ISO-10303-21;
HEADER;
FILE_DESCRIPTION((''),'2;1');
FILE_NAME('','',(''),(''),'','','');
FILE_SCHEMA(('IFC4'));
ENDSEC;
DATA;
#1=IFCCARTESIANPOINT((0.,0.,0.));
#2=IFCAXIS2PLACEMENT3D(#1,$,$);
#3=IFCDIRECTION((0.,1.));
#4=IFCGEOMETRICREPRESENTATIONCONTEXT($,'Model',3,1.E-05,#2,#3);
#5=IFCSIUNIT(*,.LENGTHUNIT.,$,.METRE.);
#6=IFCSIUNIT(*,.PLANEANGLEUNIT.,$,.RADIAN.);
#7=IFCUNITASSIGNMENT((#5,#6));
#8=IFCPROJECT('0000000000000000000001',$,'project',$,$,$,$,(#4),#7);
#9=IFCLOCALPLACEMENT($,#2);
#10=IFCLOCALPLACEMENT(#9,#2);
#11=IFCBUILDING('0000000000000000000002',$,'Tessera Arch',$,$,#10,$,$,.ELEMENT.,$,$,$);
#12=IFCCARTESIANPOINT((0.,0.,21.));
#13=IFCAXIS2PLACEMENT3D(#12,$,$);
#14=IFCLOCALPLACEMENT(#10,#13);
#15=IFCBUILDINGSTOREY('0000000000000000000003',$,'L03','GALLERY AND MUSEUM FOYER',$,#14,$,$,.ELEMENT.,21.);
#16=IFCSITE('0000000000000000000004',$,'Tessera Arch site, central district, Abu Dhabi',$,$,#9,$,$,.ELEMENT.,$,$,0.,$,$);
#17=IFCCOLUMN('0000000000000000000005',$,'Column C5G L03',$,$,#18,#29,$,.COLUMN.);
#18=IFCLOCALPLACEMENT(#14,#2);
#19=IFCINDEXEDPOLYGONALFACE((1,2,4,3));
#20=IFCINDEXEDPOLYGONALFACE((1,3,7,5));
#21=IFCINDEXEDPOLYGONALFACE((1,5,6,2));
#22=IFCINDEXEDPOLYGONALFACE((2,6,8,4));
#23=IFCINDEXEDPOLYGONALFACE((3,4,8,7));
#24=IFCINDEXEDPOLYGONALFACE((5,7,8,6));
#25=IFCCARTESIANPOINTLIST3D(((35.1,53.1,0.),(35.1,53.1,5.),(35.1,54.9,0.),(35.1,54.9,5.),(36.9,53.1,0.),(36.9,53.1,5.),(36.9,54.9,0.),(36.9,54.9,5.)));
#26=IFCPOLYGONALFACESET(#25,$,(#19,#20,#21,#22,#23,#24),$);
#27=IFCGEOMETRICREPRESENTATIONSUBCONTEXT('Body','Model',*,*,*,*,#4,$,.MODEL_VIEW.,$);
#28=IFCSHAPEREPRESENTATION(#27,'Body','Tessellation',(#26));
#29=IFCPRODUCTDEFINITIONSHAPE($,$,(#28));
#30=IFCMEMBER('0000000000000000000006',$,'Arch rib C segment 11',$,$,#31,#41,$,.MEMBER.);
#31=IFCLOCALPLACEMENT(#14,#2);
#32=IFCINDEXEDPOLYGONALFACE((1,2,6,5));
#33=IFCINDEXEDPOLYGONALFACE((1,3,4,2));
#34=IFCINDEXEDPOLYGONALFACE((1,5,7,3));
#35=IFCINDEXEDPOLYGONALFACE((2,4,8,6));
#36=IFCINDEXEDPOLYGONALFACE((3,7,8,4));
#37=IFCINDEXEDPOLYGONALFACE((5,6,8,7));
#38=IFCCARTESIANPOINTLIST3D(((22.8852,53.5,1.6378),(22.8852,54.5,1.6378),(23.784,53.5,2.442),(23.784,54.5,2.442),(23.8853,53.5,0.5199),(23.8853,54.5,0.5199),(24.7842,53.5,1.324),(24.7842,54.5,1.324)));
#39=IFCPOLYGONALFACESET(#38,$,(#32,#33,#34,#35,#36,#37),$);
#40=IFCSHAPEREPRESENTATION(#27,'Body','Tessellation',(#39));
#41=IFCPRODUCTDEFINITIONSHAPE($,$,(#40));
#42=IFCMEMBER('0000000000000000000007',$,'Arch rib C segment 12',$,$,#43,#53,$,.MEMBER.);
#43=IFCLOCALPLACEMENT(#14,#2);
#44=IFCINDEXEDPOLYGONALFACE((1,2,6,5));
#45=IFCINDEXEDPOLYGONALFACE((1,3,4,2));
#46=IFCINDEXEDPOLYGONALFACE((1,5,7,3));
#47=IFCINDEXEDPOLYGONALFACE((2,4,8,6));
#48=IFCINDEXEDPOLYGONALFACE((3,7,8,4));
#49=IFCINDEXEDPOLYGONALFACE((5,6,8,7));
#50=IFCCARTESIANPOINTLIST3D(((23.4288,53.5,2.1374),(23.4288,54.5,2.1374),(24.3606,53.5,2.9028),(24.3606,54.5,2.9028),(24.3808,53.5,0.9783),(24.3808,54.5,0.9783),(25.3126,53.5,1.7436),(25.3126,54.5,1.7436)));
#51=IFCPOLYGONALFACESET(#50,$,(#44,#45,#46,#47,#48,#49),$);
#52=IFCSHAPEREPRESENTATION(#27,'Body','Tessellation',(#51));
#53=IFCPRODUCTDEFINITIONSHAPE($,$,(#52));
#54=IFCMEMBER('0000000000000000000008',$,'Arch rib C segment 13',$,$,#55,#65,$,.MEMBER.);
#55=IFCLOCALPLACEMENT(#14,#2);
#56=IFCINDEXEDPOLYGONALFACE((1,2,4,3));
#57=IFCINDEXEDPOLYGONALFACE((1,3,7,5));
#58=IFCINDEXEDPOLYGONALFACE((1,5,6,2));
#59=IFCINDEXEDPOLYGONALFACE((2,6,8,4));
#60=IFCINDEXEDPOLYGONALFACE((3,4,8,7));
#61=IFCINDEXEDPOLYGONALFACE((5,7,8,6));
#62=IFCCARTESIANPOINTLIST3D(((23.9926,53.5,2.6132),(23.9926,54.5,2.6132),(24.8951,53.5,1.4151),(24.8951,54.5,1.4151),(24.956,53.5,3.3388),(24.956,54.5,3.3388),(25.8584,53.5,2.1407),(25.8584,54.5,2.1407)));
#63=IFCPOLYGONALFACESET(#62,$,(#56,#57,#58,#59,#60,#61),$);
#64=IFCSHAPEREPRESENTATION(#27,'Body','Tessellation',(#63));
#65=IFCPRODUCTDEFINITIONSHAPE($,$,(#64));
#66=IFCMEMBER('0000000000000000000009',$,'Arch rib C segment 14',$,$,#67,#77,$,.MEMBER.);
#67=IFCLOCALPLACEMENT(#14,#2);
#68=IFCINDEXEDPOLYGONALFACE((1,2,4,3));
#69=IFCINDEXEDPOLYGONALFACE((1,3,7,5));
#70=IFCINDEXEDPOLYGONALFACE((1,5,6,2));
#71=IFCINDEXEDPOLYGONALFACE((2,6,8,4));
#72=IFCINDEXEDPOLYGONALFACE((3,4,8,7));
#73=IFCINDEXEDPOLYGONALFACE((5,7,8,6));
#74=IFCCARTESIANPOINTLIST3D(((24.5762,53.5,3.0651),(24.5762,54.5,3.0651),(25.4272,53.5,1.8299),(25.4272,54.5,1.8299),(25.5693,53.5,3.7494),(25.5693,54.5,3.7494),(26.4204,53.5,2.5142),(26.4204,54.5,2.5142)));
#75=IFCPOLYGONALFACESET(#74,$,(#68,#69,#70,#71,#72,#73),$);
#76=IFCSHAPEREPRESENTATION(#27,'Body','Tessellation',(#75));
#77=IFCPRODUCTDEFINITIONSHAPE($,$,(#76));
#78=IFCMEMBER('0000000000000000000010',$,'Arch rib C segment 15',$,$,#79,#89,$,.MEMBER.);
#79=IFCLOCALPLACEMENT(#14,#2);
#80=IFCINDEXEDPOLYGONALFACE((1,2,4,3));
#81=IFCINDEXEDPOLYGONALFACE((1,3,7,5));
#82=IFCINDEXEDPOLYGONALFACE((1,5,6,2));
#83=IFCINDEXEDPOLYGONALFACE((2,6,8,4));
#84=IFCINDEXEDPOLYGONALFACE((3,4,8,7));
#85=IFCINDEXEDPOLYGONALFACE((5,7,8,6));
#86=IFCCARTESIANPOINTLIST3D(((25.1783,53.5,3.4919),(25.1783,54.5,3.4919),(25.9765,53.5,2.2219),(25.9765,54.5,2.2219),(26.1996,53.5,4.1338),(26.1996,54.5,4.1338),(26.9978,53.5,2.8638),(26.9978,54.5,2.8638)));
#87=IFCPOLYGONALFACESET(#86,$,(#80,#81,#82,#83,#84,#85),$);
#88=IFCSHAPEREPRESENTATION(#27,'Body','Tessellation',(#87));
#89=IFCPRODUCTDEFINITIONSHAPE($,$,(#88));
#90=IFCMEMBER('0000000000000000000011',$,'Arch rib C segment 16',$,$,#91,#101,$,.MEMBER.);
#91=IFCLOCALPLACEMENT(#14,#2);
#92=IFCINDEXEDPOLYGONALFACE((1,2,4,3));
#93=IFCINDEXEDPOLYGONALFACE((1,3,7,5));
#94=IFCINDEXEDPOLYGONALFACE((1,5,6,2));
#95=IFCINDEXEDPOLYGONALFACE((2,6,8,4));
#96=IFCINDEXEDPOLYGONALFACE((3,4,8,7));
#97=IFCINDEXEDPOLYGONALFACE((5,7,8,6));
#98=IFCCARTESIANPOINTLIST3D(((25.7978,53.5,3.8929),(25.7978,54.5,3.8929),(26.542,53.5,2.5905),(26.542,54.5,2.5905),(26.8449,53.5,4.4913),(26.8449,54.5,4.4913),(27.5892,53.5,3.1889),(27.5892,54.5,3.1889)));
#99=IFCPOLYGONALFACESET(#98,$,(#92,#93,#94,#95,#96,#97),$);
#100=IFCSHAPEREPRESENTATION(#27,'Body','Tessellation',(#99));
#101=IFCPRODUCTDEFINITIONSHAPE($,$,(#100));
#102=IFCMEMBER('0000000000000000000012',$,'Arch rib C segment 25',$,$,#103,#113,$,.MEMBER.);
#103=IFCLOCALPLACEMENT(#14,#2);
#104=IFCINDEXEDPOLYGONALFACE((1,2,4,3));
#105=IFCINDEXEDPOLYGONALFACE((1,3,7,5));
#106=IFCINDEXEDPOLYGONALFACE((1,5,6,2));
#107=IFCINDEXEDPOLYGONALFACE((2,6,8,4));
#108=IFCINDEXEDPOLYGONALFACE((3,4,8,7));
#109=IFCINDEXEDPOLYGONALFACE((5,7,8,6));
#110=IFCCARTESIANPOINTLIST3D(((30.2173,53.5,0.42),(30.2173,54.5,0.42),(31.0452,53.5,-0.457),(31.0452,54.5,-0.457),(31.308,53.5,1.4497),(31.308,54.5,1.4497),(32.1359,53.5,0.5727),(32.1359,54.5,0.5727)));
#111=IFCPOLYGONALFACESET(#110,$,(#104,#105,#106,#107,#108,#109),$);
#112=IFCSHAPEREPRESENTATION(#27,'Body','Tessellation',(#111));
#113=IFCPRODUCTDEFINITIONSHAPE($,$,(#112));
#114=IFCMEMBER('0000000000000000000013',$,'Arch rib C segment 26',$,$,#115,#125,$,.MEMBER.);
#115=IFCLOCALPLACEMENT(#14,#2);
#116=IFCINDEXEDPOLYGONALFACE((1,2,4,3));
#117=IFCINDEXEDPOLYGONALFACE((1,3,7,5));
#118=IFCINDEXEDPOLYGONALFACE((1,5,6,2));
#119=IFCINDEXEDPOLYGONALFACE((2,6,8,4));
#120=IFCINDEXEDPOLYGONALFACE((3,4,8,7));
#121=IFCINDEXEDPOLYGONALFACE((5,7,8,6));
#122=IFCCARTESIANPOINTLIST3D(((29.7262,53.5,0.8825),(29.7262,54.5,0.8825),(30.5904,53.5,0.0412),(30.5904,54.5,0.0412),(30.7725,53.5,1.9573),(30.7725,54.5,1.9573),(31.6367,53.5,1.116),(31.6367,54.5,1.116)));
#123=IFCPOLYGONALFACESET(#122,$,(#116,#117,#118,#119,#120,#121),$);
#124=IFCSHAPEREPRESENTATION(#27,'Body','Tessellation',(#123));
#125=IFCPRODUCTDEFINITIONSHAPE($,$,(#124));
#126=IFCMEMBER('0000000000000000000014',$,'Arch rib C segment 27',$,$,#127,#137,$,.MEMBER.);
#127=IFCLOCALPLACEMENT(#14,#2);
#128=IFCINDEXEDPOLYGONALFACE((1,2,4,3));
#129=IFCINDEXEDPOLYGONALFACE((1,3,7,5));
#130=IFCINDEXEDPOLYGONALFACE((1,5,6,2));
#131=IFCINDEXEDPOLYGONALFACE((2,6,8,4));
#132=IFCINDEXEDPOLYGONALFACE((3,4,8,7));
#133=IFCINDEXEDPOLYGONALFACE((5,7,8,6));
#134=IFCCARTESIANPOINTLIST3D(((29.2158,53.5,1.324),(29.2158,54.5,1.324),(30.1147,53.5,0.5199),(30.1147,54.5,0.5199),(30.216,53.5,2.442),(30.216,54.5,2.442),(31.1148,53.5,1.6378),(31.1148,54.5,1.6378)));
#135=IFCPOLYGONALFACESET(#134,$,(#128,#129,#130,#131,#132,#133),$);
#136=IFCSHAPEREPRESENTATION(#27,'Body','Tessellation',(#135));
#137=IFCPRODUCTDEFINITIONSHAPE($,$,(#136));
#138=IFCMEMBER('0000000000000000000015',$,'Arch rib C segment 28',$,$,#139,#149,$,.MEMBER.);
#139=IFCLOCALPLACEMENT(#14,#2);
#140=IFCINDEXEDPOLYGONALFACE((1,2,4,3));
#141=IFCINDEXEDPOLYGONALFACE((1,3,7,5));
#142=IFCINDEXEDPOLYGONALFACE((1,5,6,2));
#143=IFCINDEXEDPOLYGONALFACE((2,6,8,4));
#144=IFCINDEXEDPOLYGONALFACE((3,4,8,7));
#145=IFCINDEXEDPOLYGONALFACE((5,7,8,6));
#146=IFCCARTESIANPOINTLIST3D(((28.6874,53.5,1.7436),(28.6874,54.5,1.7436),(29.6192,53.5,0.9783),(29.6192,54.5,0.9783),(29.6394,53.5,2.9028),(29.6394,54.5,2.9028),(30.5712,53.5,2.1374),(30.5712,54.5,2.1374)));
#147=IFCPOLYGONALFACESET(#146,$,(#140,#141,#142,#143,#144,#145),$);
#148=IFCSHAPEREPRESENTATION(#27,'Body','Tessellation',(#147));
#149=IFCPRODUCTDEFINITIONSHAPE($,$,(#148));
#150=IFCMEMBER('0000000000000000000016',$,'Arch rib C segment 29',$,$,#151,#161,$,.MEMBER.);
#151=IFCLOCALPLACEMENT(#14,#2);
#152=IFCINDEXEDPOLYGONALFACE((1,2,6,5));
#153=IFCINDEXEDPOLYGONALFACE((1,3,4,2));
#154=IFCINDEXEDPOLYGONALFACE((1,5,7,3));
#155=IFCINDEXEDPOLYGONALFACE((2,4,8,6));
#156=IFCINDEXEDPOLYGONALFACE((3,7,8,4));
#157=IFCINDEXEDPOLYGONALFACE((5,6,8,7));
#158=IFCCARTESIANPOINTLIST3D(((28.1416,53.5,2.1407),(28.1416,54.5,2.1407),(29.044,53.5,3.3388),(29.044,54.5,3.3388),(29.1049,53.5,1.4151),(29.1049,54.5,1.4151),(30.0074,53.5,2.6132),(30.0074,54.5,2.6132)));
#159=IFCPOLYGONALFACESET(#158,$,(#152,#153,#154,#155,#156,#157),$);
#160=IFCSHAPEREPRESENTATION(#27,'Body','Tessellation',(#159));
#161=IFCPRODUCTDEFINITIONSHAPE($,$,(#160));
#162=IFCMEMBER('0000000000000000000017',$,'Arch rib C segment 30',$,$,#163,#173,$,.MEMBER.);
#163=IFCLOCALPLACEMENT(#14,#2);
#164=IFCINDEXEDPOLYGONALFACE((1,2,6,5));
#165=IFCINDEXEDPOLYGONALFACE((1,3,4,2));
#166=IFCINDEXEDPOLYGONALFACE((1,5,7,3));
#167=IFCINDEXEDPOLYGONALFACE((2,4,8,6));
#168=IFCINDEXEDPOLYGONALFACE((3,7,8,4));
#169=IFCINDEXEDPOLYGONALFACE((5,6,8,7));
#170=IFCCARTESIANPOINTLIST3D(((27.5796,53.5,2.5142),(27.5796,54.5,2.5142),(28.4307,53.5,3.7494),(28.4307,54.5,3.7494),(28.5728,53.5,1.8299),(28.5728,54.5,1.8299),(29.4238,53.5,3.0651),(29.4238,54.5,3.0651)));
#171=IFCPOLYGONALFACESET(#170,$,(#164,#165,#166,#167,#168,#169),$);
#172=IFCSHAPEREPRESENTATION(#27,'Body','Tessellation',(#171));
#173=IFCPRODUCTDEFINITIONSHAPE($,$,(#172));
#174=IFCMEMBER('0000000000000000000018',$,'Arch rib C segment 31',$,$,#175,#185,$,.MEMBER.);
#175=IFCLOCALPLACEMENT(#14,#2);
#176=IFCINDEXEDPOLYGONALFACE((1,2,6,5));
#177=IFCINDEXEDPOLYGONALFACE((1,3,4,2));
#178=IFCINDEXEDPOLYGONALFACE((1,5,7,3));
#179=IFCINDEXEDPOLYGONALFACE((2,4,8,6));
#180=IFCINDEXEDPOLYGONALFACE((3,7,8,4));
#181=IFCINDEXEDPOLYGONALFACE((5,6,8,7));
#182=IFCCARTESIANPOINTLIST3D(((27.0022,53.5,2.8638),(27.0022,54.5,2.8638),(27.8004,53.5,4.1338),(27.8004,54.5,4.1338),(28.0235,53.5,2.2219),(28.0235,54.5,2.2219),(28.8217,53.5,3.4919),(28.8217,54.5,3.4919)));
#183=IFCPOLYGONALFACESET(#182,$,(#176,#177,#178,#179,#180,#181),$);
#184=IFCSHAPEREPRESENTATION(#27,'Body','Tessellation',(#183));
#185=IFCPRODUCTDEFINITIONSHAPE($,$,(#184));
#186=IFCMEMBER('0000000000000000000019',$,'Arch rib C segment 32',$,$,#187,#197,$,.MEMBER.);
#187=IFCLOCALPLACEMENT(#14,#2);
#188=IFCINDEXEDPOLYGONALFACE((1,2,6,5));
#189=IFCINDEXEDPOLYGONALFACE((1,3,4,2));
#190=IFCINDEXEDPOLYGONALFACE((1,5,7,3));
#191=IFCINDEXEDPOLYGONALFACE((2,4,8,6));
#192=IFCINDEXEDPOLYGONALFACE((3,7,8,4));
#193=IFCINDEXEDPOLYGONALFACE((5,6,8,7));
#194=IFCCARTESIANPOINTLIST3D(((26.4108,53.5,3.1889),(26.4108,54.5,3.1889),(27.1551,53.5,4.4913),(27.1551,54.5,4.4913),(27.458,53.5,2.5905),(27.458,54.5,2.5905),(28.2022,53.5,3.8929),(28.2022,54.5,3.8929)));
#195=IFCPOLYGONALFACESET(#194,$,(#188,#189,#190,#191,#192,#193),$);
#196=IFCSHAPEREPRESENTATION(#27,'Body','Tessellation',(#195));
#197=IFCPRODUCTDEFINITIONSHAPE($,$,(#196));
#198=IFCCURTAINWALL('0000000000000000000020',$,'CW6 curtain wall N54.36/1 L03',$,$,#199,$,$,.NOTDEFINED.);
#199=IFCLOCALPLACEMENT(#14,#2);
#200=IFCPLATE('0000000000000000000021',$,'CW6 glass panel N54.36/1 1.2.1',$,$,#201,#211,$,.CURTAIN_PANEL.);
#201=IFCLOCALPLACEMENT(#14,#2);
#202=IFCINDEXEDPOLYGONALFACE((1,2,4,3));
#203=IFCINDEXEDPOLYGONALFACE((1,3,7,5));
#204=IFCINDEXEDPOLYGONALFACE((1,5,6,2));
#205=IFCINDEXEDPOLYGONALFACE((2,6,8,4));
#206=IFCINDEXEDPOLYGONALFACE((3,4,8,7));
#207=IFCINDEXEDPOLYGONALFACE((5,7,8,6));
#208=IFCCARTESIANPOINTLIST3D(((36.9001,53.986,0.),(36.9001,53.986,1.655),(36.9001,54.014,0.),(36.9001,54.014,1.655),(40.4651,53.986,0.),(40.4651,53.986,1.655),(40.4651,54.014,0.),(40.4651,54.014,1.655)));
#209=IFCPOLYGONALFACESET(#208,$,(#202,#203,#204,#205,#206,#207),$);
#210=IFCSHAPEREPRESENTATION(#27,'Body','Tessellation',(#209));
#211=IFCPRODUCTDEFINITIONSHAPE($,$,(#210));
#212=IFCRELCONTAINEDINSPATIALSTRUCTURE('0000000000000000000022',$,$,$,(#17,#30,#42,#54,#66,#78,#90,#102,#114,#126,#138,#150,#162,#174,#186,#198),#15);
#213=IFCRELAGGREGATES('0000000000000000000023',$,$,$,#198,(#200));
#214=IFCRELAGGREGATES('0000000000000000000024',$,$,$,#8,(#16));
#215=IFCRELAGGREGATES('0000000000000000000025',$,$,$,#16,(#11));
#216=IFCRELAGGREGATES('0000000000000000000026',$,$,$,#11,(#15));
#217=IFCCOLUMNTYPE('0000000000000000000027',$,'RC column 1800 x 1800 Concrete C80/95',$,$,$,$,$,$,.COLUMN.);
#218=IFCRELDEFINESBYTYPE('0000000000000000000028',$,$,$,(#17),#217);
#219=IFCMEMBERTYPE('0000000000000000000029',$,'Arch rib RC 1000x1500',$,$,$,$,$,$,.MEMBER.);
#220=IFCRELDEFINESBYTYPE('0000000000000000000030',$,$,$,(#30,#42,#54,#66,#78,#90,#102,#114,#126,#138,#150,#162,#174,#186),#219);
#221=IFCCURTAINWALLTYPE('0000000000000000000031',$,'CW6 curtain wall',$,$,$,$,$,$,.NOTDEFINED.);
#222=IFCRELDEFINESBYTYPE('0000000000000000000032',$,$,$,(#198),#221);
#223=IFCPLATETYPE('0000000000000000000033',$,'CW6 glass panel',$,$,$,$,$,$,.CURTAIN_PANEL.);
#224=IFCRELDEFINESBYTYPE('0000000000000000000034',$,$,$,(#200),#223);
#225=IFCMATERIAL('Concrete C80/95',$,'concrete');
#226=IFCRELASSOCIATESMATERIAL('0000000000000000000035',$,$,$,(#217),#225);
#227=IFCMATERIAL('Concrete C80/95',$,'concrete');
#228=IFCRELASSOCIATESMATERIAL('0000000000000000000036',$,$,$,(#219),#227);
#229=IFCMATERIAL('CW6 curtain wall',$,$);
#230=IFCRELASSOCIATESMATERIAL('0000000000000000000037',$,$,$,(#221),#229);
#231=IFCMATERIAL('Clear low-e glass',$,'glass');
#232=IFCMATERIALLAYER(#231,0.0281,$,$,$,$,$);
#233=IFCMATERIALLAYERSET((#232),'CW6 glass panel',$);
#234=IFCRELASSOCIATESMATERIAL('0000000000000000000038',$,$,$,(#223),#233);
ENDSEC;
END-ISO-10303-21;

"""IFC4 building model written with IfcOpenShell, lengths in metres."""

from ifc_helpers import new_model, si_unit, direction, frame, origin, origin_2d, place, context, subcontext, project, spatial, rectangle, extrude, material, layer, layer_set, material_profile, profile_set, type_object, element, aggregate, save


model = new_model("IFC4")

# Units and contexts
model_context = context("Model", 3, precision=1e-05, world=origin(), true_north=direction((0.0, 1.0)))
body_context = subcontext(model_context, "Body", "Model", "MODEL_VIEW")
ifc_project = project(units=[si_unit("LENGTHUNIT", "METRE"), si_unit("PLANEANGLEUNIT", "RADIAN")], contexts=[model_context])

# Site, building, storey
site_placement = place(None, origin())
site = spatial("IfcSite", under=ifc_project, at=site_placement, Name="Tessera Arch site, central district, Abu Dhabi", CompositionType="ELEMENT", RefElevation=0.0)
building_placement = place(site_placement, origin())
building = spatial("IfcBuilding", under=site, at=building_placement, Name="Tessera Arch", CompositionType="ELEMENT")
storey_placement = place(building_placement, frame((0.0, 0.0, 21.0)))
storey = spatial("IfcBuildingStorey", under=building, at=storey_placement, Name="L03", Description="GALLERY AND MUSEUM FOYER", CompositionType="ELEMENT", Elevation=21.0)

# Column
ifc_material_1 = material(Name="Concrete C80/95", Category="concrete")
ifc_material_profile_1 = material_profile(ifc_material_1, rectangle(XDim=1.8, YDim=1.8, at=origin_2d()), Name="RC column 1800 x 1800 Concrete C80/95")
ifc_profile_set_1 = profile_set([ifc_material_profile_1], Name="Concrete C80/95")
column_type = type_object("IfcColumnType", Name="RC column 1800 x 1800 Concrete C80/95", PredefinedType="COLUMN", material=ifc_profile_set_1)
column_placement = place(storey_placement, frame((36.0, 54.0, 0.0), z_axis=(0.0, 0.0, 1.0), x_axis=(1.0, 0.0, 0.0)))
element("IfcColumn", 1, at=column_placement, inside=storey, type_object=column_type, Name="Column C5G L03", PredefinedType="COLUMN", context=body_context, shape_type="SweptSolid", body=[
    extrude(rectangle(XDim=1.8, YDim=1.8, at=origin_2d()), origin(), (0.0, 0.0, 1.0), 5.0),
])

# Members
ifc_material_2 = material(Name="Concrete C80/95", Category="concrete")
ifc_material_profile_2 = material_profile(ifc_material_2, rectangle(XDim=1.0, YDim=1.5, at=origin_2d()), Name="RC 1000x1500")
ifc_profile_set_2 = profile_set([ifc_material_profile_2], Name="Concrete C80/95")
member_type = type_object("IfcMemberType", Name="Arch rib RC 1000x1500", PredefinedType="MEMBER", material=ifc_profile_set_2)
member_1_placement = place(storey_placement, frame((23.3853, 54.0, 1.0789), z_axis=(0.745284, 0.0, 0.666748), x_axis=(0.0, 1.0, 0.0)))
element("IfcMember", 2, at=member_1_placement, inside=storey, type_object=member_type, Name="Arch rib C segment 11", PredefinedType="MEMBER", context=body_context, shape_type="SweptSolid", body=[
    extrude(rectangle(XDim=1.0, YDim=1.5, at=origin_2d()), origin(), (0.0, 0.0, 1.0), 1.2061),
])
member_2_placement = place(storey_placement, frame((23.9048, 54.0, 1.5579), z_axis=(0.772765, 0.0, 0.634692), x_axis=(0.0, 1.0, 0.0)))
element("IfcMember", 3, at=member_2_placement, inside=storey, type_object=member_type, Name="Arch rib C segment 12", PredefinedType="MEMBER", context=body_context, shape_type="SweptSolid", body=[
    extrude(rectangle(XDim=1.0, YDim=1.5, at=origin_2d()), origin(), (0.0, 0.0, 1.0), 1.2058),
])
for number, where, z_axis, x_axis, name in (
    (4, (24.4438, 54.0, 2.0142), (0.798784, 0.0, 0.601618), (0.0, 1.0, 0.0), "Arch rib C segment 13"),
    (5, (25.0017, 54.0, 2.4475), (0.823451, 0.0, 0.567388), (0.0, 1.0, 0.0), "Arch rib C segment 14"),
):
    element("IfcMember", number, at=place(storey_placement, frame(where, z_axis=z_axis, x_axis=x_axis)), inside=storey, type_object=member_type, Name=name, PredefinedType="MEMBER", context=body_context, shape_type="SweptSolid", body=[
        extrude(rectangle(XDim=1.0, YDim=1.5, at=origin_2d()), origin(), (0.0, 0.0, 1.0), 1.2061),
    ])
member_3_placement = place(storey_placement, frame((25.5774, 54.0, 2.8569), z_axis=(0.846665, 0.0, 0.532126), x_axis=(0.0, 1.0, 0.0)))
element("IfcMember", 6, at=member_3_placement, inside=storey, type_object=member_type, Name="Arch rib C segment 15", PredefinedType="MEMBER", context=body_context, shape_type="SweptSolid", body=[
    extrude(rectangle(XDim=1.0, YDim=1.5, at=origin_2d()), origin(), (0.0, 0.0, 1.0), 1.2063),
])
for number, where, z_axis, x_axis, name in (
    (7, (26.1699, 54.0, 3.2417), (0.868231, 0.0, 0.496161), (0.0, 1.0, 0.0), "Arch rib C segment 16"),
    (8, (31.5906, 54.0, 0.0579), (-0.686469, 0.0, 0.727159), (0.0, -1.0, 0.0), "Arch rib C segment 25"),
    (9, (31.1135, 54.0, 0.5786), (-0.716556, 0.0, 0.697529), (0.0, -1.0, 0.0), "Arch rib C segment 26"),
    (10, (30.6147, 54.0, 1.0789), (-0.745284, 0.0, 0.666748), (0.0, -1.0, 0.0), "Arch rib C segment 27"),
):
    element("IfcMember", number, at=place(storey_placement, frame(where, z_axis=z_axis, x_axis=x_axis)), inside=storey, type_object=member_type, Name=name, PredefinedType="MEMBER", context=body_context, shape_type="SweptSolid", body=[
        extrude(rectangle(XDim=1.0, YDim=1.5, at=origin_2d()), origin(), (0.0, 0.0, 1.0), 1.2061),
    ])
member_4_placement = place(storey_placement, frame((30.0952, 54.0, 1.5579), z_axis=(-0.772765, 0.0, 0.634692), x_axis=(0.0, -1.0, 0.0)))
element("IfcMember", 11, at=member_4_placement, inside=storey, type_object=member_type, Name="Arch rib C segment 28", PredefinedType="MEMBER", context=body_context, shape_type="SweptSolid", body=[
    extrude(rectangle(XDim=1.0, YDim=1.5, at=origin_2d()), origin(), (0.0, 0.0, 1.0), 1.2058),
])
for number, where, z_axis, x_axis, name in (
    (12, (29.5562, 54.0, 2.0142), (-0.798784, 0.0, 0.601618), (0.0, -1.0, 0.0), "Arch rib C segment 29"),
    (13, (28.9983, 54.0, 2.4475), (-0.823451, 0.0, 0.567388), (0.0, -1.0, 0.0), "Arch rib C segment 30"),
):
    element("IfcMember", number, at=place(storey_placement, frame(where, z_axis=z_axis, x_axis=x_axis)), inside=storey, type_object=member_type, Name=name, PredefinedType="MEMBER", context=body_context, shape_type="SweptSolid", body=[
        extrude(rectangle(XDim=1.0, YDim=1.5, at=origin_2d()), origin(), (0.0, 0.0, 1.0), 1.2061),
    ])
member_5_placement = place(storey_placement, frame((28.4226, 54.0, 2.8569), z_axis=(-0.846665, 0.0, 0.532126), x_axis=(0.0, -1.0, 0.0)))
element("IfcMember", 14, at=member_5_placement, inside=storey, type_object=member_type, Name="Arch rib C segment 31", PredefinedType="MEMBER", context=body_context, shape_type="SweptSolid", body=[
    extrude(rectangle(XDim=1.0, YDim=1.5, at=origin_2d()), origin(), (0.0, 0.0, 1.0), 1.2063),
])
member_6_placement = place(storey_placement, frame((27.8301, 54.0, 3.2417), z_axis=(-0.868231, 0.0, 0.496161), x_axis=(0.0, -1.0, 0.0)))
element("IfcMember", 15, at=member_6_placement, inside=storey, type_object=member_type, Name="Arch rib C segment 32", PredefinedType="MEMBER", context=body_context, shape_type="SweptSolid", body=[
    extrude(rectangle(XDim=1.0, YDim=1.5, at=origin_2d()), origin(), (0.0, 0.0, 1.0), 1.2061),
])

# Curtain wall, plate
ifc_material_3 = material(Name="CW6 curtain wall")
curtain_wall_type = type_object("IfcCurtainWallType", Name="CW6 curtain wall", PredefinedType="NOTDEFINED", material=ifc_material_3)
curtain_wall_placement = place(storey_placement, origin())
curtain_wall = element("IfcCurtainWall", 16, at=curtain_wall_placement, inside=storey, type_object=curtain_wall_type, Name="CW6 curtain wall N54.36/1 L03", PredefinedType="NOTDEFINED")
ifc_material_4 = material(Name="Clear low-e glass", Category="glass")
ifc_layer_1 = layer(ifc_material_4, 0.0281)
ifc_layer_set_1 = layer_set([ifc_layer_1], Name="CW6 glass panel")
plate_type = type_object("IfcPlateType", Name="CW6 glass panel", PredefinedType="CURTAIN_PANEL", material=ifc_layer_set_1)
plate_1_placement = place(storey_placement, frame((38.6826, 54.0, 0.0), z_axis=(0.0, 0.0, 1.0), x_axis=(-1.0, 0.0, 0.0)))
plate_1 = element("IfcPlate", 17, at=plate_1_placement, type_object=plate_type, Name="CW6 glass panel N54.36/1 1.2.1", PredefinedType="CURTAIN_PANEL", context=body_context, shape_type="SweptSolid", body=[
    extrude(rectangle(XDim=3.5649, YDim=0.0281, at=origin_2d()), origin(), (0.0, 0.0, 1.0), 1.655),
])
aggregate(curtain_wall, [plate_1])

save(model, "model.ifc")
